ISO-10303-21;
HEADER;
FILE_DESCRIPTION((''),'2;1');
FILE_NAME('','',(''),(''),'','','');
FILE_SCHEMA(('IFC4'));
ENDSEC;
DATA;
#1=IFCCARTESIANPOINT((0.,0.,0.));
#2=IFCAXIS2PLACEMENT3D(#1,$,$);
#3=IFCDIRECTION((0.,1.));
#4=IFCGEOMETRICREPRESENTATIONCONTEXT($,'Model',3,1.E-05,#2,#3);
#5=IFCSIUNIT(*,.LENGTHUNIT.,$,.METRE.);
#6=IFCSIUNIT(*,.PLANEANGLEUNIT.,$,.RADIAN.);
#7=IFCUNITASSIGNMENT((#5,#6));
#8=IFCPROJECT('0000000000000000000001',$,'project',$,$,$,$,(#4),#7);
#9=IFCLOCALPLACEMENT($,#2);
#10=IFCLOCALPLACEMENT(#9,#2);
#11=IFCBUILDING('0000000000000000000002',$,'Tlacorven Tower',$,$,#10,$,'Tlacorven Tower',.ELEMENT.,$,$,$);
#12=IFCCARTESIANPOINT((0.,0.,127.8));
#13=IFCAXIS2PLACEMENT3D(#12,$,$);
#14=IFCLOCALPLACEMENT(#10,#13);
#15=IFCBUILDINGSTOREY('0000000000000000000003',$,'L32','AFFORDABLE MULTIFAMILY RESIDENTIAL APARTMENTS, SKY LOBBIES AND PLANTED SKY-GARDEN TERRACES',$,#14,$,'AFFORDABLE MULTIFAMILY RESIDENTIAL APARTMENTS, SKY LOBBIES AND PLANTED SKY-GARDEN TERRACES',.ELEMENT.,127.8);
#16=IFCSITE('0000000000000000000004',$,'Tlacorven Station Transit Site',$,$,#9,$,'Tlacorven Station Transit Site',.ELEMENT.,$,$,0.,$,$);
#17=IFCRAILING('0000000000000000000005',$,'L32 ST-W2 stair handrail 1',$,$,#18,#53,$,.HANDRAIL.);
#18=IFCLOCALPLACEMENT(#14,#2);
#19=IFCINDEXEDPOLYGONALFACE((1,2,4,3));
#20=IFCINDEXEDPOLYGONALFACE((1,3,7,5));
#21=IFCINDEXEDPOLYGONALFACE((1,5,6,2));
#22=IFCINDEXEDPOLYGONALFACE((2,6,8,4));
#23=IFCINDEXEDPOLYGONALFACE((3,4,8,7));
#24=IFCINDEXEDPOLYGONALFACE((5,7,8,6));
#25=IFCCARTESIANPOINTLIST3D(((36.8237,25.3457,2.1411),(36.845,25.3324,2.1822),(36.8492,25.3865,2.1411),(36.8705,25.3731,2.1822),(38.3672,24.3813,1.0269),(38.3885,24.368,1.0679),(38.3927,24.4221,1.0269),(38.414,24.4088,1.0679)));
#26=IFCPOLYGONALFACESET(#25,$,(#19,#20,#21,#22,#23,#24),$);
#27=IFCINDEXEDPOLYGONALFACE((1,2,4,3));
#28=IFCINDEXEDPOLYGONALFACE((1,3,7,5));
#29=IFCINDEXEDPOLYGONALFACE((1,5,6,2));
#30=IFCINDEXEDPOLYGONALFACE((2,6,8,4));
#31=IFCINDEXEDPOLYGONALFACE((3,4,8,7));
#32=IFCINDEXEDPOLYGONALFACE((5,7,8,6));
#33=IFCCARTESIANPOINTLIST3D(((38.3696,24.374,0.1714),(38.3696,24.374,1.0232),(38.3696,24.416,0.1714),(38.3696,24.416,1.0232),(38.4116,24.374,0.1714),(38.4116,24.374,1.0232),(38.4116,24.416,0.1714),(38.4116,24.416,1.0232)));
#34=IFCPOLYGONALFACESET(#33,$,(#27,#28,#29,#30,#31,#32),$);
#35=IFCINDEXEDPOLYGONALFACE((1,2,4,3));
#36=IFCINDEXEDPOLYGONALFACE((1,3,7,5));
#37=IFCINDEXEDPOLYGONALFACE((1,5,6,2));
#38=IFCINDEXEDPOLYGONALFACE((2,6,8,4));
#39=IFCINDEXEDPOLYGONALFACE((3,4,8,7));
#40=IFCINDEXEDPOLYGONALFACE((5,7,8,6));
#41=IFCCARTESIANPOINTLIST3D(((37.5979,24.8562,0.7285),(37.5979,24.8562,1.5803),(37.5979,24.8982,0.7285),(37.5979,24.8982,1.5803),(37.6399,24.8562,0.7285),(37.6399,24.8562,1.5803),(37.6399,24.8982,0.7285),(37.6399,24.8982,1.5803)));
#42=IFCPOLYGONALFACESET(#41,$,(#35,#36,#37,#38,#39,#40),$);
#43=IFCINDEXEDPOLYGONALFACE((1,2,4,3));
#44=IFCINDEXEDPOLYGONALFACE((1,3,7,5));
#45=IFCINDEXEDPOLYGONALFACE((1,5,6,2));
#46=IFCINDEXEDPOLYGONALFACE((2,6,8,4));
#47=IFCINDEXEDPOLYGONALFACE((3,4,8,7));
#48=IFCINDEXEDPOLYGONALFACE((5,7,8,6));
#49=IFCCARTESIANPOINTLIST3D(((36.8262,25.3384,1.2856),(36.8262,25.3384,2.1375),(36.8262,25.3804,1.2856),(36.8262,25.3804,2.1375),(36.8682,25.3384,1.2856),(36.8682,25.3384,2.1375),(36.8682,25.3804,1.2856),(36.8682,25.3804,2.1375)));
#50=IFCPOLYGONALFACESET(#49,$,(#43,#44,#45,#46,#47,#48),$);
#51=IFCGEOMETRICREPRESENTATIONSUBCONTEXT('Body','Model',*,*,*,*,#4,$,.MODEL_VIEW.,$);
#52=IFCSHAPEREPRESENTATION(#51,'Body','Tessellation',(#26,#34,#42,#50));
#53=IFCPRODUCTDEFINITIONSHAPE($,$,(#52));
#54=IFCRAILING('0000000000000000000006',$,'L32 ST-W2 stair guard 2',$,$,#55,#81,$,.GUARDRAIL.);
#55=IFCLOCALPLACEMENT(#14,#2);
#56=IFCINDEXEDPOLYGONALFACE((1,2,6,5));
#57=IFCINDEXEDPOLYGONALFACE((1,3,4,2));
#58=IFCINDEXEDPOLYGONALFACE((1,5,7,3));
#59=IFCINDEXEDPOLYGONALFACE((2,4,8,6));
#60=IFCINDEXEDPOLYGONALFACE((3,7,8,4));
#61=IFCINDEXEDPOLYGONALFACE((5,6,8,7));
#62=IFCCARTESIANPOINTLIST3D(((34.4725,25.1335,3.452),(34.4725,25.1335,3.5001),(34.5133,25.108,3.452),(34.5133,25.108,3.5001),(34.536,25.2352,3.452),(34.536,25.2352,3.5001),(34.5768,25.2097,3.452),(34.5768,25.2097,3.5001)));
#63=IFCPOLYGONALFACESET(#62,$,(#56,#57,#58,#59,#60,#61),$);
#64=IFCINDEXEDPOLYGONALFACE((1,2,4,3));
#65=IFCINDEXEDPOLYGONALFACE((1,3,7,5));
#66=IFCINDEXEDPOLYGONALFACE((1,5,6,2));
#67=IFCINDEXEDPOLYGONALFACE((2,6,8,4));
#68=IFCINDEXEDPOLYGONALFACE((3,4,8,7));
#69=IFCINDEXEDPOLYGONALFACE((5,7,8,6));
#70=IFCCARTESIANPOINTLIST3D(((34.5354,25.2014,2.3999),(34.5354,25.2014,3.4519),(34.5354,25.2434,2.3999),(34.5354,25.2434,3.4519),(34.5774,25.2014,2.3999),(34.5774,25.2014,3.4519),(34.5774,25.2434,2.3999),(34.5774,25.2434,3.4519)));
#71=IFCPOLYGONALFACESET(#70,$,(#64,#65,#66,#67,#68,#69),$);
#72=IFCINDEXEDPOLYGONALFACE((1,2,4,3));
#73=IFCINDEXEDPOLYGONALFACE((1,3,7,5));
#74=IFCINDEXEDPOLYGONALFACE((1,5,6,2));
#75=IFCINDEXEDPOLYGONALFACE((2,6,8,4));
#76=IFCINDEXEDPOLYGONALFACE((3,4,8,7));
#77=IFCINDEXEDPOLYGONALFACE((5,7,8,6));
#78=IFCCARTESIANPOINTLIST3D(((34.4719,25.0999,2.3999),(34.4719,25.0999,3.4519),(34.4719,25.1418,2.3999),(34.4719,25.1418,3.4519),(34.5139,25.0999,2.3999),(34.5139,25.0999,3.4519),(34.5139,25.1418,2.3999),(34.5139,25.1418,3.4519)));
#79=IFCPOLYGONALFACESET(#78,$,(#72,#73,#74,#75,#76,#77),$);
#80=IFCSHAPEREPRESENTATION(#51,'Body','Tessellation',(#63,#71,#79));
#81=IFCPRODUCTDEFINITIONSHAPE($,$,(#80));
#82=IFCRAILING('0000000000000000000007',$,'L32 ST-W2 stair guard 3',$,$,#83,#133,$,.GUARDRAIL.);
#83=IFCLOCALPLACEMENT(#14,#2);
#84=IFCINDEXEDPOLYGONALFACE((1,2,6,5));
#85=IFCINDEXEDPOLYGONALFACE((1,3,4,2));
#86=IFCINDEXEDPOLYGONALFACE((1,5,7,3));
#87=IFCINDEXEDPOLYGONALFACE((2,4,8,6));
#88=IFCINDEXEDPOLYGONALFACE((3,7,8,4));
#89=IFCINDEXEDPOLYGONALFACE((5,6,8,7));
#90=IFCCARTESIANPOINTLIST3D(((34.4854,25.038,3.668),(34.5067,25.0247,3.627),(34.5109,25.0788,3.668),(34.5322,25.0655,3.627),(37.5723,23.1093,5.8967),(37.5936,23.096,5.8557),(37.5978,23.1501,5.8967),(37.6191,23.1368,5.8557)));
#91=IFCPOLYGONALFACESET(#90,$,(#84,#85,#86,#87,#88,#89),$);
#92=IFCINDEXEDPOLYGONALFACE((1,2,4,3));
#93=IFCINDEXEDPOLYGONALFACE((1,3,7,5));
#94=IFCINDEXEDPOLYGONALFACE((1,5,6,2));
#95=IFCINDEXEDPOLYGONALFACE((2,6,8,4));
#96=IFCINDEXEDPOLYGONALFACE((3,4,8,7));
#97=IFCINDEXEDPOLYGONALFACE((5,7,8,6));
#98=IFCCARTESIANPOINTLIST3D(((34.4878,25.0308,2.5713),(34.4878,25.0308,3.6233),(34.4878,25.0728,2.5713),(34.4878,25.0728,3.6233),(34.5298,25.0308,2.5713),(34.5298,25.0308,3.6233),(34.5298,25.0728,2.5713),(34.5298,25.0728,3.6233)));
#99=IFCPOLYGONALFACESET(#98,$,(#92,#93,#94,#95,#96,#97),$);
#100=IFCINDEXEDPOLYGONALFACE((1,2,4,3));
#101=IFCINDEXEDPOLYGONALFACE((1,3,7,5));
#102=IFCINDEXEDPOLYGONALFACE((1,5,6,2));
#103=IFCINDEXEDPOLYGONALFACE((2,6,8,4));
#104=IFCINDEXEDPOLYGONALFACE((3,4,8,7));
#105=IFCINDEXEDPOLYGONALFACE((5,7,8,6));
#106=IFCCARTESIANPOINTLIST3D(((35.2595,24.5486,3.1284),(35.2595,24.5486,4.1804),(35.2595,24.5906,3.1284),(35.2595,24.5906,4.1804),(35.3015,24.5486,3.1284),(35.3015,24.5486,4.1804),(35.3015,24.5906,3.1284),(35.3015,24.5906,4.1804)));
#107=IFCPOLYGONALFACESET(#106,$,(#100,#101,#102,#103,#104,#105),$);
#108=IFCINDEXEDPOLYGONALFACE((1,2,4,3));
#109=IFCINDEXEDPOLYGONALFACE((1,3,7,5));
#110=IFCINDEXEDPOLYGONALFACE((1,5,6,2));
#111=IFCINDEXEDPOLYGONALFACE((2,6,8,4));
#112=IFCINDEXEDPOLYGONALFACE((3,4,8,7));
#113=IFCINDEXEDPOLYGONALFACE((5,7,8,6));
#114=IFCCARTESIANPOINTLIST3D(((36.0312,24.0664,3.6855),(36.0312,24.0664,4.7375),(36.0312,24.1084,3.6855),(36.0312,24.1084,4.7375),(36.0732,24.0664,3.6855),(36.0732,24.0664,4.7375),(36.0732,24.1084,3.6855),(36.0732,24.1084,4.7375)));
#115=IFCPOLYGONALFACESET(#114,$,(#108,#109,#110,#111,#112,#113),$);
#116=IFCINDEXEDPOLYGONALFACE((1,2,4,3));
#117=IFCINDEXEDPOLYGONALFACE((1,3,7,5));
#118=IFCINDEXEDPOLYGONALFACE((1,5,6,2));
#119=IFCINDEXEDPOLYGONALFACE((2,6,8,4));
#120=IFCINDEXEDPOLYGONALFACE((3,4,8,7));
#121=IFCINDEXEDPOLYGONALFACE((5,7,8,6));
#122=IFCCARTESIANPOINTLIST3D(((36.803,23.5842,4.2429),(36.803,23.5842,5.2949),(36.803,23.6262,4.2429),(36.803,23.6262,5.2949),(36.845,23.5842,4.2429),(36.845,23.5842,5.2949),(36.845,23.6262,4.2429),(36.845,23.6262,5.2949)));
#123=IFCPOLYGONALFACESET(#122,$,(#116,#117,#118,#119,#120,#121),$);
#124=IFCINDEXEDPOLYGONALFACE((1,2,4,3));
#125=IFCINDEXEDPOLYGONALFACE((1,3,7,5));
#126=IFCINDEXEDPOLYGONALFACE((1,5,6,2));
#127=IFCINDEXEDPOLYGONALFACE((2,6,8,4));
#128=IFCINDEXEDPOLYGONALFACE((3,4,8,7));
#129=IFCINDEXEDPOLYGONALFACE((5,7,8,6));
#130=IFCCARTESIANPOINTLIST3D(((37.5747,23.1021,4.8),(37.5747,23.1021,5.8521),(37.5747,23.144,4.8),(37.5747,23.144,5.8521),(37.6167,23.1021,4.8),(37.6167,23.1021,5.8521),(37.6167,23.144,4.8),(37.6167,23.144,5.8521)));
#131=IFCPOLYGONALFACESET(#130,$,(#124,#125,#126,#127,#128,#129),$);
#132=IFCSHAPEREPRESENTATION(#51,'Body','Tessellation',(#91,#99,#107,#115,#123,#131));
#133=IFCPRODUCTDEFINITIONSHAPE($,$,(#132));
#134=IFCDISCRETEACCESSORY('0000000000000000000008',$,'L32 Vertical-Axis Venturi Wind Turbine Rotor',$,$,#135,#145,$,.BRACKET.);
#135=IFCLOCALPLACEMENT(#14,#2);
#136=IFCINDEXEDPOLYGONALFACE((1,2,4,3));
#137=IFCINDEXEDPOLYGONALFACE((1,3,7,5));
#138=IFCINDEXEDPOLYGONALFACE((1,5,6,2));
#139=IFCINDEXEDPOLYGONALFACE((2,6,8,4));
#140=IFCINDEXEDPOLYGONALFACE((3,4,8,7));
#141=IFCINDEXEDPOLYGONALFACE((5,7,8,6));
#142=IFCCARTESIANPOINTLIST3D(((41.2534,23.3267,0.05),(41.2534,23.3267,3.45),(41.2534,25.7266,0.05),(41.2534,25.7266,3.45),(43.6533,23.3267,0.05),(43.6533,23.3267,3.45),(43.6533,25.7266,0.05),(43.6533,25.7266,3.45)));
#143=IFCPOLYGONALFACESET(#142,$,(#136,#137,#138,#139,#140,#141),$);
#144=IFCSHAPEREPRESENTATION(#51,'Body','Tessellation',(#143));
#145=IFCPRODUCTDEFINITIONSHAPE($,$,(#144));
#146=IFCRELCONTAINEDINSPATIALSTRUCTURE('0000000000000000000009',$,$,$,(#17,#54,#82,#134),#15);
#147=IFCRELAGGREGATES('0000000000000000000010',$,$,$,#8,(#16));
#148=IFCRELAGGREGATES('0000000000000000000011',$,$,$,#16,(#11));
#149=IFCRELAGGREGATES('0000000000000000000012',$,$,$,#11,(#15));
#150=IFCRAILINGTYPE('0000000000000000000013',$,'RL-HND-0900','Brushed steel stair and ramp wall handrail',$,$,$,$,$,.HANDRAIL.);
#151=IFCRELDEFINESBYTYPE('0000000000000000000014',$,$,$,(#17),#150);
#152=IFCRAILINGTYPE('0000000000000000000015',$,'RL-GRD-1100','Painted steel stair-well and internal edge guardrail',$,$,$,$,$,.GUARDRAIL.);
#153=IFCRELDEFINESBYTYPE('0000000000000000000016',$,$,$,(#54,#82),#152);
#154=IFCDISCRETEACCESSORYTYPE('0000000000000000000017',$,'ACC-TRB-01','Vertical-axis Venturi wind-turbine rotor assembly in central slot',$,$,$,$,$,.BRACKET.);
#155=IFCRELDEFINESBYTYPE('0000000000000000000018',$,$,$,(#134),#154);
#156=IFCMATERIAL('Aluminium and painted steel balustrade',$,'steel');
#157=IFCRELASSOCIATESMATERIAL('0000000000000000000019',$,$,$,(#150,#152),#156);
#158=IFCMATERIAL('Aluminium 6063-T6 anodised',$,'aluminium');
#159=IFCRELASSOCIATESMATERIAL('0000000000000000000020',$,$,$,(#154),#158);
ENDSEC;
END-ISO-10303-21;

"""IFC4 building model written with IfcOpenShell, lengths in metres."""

from ifc_helpers import new_model, si_unit, direction, frame, origin, origin_2d, place, context, subcontext, project, spatial, rectangle, extrude, source, transform, mapped, material, type_object, element, save


model = new_model("IFC4")

# Units and contexts
model_context = context("Model", 3, precision=1e-05, world=origin(), true_north=direction((0.0, 1.0)))
body_context = subcontext(model_context, "Body", "Model", "MODEL_VIEW")
ifc_project = project(units=[si_unit("LENGTHUNIT", "METRE"), si_unit("PLANEANGLEUNIT", "RADIAN")], contexts=[model_context])

# Site, building, storey
site_placement = place(None, origin())
site = spatial("IfcSite", under=ifc_project, at=site_placement, Name="Tlacorven Station Transit Site", LongName="Tlacorven Station Transit Site", CompositionType="ELEMENT", RefElevation=0.0)
building_placement = place(site_placement, origin())
building = spatial("IfcBuilding", under=site, at=building_placement, Name="Tlacorven Tower", LongName="Tlacorven Tower", CompositionType="ELEMENT")
storey_placement = place(building_placement, frame((0.0, 0.0, 127.8)))
storey = spatial("IfcBuildingStorey", under=building, at=storey_placement, Name="L32", Description="AFFORDABLE MULTIFAMILY RESIDENTIAL APARTMENTS, SKY LOBBIES AND PLANTED SKY-GARDEN TERRACES", LongName="AFFORDABLE MULTIFAMILY RESIDENTIAL APARTMENTS, SKY LOBBIES AND PLANTED SKY-GARDEN TERRACES", CompositionType="ELEMENT", Elevation=127.8)

# Railings
ifc_material_1 = material(Name="Aluminium and painted steel balustrade", Category="steel")
railing_type_1 = type_object("IfcRailingType", Name="RL-HND-0900", Description="Brushed steel stair and ramp wall handrail", PredefinedType="HANDRAIL", material=ifc_material_1)
shared_shape_1 = source(origin(), body_context, "Body", "SweptSolid", [
    extrude(rectangle(XDim=0.0481, YDim=0.0481, at=origin_2d()), frame((0.0, 0.0, 0.876), z_axis=(-0.723281, 0.451908, 0.522153), x_axis=(-0.529878, -0.848074, 0.0)), (0.0, 0.0, 1.0), 2.134),
    extrude(rectangle(XDim=0.042, YDim=0.042, at=origin_2d()), origin(), (0.0, 0.0, 1.0), 0.8518),
    extrude(rectangle(XDim=0.042, YDim=0.042, at=origin_2d()), frame((-0.7717, 0.4822, 0.5571)), (0.0, 0.0, 1.0), 0.8518),
    extrude(rectangle(XDim=0.042, YDim=0.042, at=origin_2d()), frame((-1.5435, 0.9644, 1.1143)), (0.0, 0.0, 1.0), 0.8518),
])
railing_1_placement = place(storey_placement, frame((38.3906, 24.395, 0.1714)))
element("IfcRailing", 1, at=railing_1_placement, inside=storey, type_object=railing_type_1, Name="L32 ST-W2 stair handrail 1", PredefinedType="HANDRAIL", context=body_context, shape_type="MappedRepresentation", body=[
    mapped(shared_shape_1, transform((0.0, 0.0, 0.0), scale=1.0)),
])
railing_type_2 = type_object("IfcRailingType", Name="RL-GRD-1100", Description="Painted steel stair-well and internal edge guardrail", PredefinedType="GUARDRAIL", material=ifc_material_1)
shared_shape_2 = source(origin(), body_context, "Body", "SweptSolid", [
    extrude(rectangle(XDim=0.0481, YDim=0.0481, at=origin_2d()), frame((0.0, 0.0, 1.0762), z_axis=(-0.529999, -0.847998, 0.0), x_axis=(0.847998, -0.529999, 0.0)), (0.0, 0.0, 1.0), 0.1199),
    extrude(rectangle(XDim=0.042, YDim=0.042, at=origin_2d()), origin(), (0.0, 0.0, 1.0), 1.052),
    extrude(rectangle(XDim=0.042, YDim=0.042, at=origin_2d()), frame((-0.0635, -0.1016, 0.0)), (0.0, 0.0, 1.0), 1.052),
])
railing_2_placement = place(storey_placement, frame((34.5564, 25.2224, 2.3999)))
element("IfcRailing", 2, at=railing_2_placement, inside=storey, type_object=railing_type_2, Name="L32 ST-W2 stair guard 2", PredefinedType="GUARDRAIL", context=body_context, shape_type="MappedRepresentation", body=[
    mapped(shared_shape_2, transform((0.0, 0.0, 0.0), scale=1.0)),
])
shared_shape_3 = source(origin(), body_context, "Body", "SweptSolid", [
    extrude(rectangle(XDim=0.0481, YDim=0.0481, at=origin_2d()), frame((0.0, 0.0, 1.0762), z_axis=(0.723259, -0.451894, 0.522195), x_axis=(0.529878, 0.848074, 0.0)), (0.0, 0.0, 1.0), 4.2681),
    extrude(rectangle(XDim=0.042, YDim=0.042, at=origin_2d()), origin(), (0.0, 0.0, 1.0), 1.052),
    extrude(rectangle(XDim=0.042, YDim=0.042, at=origin_2d()), frame((0.7717, -0.4822, 0.5571)), (0.0, 0.0, 1.0), 1.052),
    extrude(rectangle(XDim=0.042, YDim=0.042, at=origin_2d()), frame((1.5435, -0.9644, 1.1143)), (0.0, 0.0, 1.0), 1.052),
    extrude(rectangle(XDim=0.042, YDim=0.042, at=origin_2d()), frame((2.3152, -1.4465, 1.6716)), (0.0, 0.0, 1.0), 1.052),
    extrude(rectangle(XDim=0.042, YDim=0.042, at=origin_2d()), frame((3.0869, -1.9287, 2.2288)), (0.0, 0.0, 1.0), 1.052),
])
railing_3_placement = place(storey_placement, frame((34.5088, 25.0518, 2.5713)))
element("IfcRailing", 3, at=railing_3_placement, inside=storey, type_object=railing_type_2, Name="L32 ST-W2 stair guard 3", PredefinedType="GUARDRAIL", context=body_context, shape_type="MappedRepresentation", body=[
    mapped(shared_shape_3, transform((0.0, 0.0, 0.0), scale=1.0)),
])

# Discrete accessory
ifc_material_2 = material(Name="Aluminium 6063-T6 anodised", Category="aluminium")
discrete_accessory_type = type_object("IfcDiscreteAccessoryType", Name="ACC-TRB-01", Description="Vertical-axis Venturi wind-turbine rotor assembly in central slot", PredefinedType="BRACKET", material=ifc_material_2)
shared_shape_4 = source(origin(), body_context, "Body", "SweptSolid", [
    extrude(rectangle(XDim=2.3999, YDim=2.3999, at=origin_2d()), origin(), (0.0, 0.0, 1.0), 3.3999),
])
discrete_accessory_placement = place(storey_placement, frame((42.4534, 24.5266, 0.05), z_axis=(0.0, 0.0, 1.0), x_axis=(1.0, 0.0, 0.0)))
element("IfcDiscreteAccessory", 4, at=discrete_accessory_placement, inside=storey, type_object=discrete_accessory_type, Name="L32 Vertical-Axis Venturi Wind Turbine Rotor", PredefinedType="BRACKET", context=body_context, shape_type="MappedRepresentation", body=[
    mapped(shared_shape_4, transform((0.0, 0.0, 0.0), scale=1.0)),
])

save(model, "model.ifc")
